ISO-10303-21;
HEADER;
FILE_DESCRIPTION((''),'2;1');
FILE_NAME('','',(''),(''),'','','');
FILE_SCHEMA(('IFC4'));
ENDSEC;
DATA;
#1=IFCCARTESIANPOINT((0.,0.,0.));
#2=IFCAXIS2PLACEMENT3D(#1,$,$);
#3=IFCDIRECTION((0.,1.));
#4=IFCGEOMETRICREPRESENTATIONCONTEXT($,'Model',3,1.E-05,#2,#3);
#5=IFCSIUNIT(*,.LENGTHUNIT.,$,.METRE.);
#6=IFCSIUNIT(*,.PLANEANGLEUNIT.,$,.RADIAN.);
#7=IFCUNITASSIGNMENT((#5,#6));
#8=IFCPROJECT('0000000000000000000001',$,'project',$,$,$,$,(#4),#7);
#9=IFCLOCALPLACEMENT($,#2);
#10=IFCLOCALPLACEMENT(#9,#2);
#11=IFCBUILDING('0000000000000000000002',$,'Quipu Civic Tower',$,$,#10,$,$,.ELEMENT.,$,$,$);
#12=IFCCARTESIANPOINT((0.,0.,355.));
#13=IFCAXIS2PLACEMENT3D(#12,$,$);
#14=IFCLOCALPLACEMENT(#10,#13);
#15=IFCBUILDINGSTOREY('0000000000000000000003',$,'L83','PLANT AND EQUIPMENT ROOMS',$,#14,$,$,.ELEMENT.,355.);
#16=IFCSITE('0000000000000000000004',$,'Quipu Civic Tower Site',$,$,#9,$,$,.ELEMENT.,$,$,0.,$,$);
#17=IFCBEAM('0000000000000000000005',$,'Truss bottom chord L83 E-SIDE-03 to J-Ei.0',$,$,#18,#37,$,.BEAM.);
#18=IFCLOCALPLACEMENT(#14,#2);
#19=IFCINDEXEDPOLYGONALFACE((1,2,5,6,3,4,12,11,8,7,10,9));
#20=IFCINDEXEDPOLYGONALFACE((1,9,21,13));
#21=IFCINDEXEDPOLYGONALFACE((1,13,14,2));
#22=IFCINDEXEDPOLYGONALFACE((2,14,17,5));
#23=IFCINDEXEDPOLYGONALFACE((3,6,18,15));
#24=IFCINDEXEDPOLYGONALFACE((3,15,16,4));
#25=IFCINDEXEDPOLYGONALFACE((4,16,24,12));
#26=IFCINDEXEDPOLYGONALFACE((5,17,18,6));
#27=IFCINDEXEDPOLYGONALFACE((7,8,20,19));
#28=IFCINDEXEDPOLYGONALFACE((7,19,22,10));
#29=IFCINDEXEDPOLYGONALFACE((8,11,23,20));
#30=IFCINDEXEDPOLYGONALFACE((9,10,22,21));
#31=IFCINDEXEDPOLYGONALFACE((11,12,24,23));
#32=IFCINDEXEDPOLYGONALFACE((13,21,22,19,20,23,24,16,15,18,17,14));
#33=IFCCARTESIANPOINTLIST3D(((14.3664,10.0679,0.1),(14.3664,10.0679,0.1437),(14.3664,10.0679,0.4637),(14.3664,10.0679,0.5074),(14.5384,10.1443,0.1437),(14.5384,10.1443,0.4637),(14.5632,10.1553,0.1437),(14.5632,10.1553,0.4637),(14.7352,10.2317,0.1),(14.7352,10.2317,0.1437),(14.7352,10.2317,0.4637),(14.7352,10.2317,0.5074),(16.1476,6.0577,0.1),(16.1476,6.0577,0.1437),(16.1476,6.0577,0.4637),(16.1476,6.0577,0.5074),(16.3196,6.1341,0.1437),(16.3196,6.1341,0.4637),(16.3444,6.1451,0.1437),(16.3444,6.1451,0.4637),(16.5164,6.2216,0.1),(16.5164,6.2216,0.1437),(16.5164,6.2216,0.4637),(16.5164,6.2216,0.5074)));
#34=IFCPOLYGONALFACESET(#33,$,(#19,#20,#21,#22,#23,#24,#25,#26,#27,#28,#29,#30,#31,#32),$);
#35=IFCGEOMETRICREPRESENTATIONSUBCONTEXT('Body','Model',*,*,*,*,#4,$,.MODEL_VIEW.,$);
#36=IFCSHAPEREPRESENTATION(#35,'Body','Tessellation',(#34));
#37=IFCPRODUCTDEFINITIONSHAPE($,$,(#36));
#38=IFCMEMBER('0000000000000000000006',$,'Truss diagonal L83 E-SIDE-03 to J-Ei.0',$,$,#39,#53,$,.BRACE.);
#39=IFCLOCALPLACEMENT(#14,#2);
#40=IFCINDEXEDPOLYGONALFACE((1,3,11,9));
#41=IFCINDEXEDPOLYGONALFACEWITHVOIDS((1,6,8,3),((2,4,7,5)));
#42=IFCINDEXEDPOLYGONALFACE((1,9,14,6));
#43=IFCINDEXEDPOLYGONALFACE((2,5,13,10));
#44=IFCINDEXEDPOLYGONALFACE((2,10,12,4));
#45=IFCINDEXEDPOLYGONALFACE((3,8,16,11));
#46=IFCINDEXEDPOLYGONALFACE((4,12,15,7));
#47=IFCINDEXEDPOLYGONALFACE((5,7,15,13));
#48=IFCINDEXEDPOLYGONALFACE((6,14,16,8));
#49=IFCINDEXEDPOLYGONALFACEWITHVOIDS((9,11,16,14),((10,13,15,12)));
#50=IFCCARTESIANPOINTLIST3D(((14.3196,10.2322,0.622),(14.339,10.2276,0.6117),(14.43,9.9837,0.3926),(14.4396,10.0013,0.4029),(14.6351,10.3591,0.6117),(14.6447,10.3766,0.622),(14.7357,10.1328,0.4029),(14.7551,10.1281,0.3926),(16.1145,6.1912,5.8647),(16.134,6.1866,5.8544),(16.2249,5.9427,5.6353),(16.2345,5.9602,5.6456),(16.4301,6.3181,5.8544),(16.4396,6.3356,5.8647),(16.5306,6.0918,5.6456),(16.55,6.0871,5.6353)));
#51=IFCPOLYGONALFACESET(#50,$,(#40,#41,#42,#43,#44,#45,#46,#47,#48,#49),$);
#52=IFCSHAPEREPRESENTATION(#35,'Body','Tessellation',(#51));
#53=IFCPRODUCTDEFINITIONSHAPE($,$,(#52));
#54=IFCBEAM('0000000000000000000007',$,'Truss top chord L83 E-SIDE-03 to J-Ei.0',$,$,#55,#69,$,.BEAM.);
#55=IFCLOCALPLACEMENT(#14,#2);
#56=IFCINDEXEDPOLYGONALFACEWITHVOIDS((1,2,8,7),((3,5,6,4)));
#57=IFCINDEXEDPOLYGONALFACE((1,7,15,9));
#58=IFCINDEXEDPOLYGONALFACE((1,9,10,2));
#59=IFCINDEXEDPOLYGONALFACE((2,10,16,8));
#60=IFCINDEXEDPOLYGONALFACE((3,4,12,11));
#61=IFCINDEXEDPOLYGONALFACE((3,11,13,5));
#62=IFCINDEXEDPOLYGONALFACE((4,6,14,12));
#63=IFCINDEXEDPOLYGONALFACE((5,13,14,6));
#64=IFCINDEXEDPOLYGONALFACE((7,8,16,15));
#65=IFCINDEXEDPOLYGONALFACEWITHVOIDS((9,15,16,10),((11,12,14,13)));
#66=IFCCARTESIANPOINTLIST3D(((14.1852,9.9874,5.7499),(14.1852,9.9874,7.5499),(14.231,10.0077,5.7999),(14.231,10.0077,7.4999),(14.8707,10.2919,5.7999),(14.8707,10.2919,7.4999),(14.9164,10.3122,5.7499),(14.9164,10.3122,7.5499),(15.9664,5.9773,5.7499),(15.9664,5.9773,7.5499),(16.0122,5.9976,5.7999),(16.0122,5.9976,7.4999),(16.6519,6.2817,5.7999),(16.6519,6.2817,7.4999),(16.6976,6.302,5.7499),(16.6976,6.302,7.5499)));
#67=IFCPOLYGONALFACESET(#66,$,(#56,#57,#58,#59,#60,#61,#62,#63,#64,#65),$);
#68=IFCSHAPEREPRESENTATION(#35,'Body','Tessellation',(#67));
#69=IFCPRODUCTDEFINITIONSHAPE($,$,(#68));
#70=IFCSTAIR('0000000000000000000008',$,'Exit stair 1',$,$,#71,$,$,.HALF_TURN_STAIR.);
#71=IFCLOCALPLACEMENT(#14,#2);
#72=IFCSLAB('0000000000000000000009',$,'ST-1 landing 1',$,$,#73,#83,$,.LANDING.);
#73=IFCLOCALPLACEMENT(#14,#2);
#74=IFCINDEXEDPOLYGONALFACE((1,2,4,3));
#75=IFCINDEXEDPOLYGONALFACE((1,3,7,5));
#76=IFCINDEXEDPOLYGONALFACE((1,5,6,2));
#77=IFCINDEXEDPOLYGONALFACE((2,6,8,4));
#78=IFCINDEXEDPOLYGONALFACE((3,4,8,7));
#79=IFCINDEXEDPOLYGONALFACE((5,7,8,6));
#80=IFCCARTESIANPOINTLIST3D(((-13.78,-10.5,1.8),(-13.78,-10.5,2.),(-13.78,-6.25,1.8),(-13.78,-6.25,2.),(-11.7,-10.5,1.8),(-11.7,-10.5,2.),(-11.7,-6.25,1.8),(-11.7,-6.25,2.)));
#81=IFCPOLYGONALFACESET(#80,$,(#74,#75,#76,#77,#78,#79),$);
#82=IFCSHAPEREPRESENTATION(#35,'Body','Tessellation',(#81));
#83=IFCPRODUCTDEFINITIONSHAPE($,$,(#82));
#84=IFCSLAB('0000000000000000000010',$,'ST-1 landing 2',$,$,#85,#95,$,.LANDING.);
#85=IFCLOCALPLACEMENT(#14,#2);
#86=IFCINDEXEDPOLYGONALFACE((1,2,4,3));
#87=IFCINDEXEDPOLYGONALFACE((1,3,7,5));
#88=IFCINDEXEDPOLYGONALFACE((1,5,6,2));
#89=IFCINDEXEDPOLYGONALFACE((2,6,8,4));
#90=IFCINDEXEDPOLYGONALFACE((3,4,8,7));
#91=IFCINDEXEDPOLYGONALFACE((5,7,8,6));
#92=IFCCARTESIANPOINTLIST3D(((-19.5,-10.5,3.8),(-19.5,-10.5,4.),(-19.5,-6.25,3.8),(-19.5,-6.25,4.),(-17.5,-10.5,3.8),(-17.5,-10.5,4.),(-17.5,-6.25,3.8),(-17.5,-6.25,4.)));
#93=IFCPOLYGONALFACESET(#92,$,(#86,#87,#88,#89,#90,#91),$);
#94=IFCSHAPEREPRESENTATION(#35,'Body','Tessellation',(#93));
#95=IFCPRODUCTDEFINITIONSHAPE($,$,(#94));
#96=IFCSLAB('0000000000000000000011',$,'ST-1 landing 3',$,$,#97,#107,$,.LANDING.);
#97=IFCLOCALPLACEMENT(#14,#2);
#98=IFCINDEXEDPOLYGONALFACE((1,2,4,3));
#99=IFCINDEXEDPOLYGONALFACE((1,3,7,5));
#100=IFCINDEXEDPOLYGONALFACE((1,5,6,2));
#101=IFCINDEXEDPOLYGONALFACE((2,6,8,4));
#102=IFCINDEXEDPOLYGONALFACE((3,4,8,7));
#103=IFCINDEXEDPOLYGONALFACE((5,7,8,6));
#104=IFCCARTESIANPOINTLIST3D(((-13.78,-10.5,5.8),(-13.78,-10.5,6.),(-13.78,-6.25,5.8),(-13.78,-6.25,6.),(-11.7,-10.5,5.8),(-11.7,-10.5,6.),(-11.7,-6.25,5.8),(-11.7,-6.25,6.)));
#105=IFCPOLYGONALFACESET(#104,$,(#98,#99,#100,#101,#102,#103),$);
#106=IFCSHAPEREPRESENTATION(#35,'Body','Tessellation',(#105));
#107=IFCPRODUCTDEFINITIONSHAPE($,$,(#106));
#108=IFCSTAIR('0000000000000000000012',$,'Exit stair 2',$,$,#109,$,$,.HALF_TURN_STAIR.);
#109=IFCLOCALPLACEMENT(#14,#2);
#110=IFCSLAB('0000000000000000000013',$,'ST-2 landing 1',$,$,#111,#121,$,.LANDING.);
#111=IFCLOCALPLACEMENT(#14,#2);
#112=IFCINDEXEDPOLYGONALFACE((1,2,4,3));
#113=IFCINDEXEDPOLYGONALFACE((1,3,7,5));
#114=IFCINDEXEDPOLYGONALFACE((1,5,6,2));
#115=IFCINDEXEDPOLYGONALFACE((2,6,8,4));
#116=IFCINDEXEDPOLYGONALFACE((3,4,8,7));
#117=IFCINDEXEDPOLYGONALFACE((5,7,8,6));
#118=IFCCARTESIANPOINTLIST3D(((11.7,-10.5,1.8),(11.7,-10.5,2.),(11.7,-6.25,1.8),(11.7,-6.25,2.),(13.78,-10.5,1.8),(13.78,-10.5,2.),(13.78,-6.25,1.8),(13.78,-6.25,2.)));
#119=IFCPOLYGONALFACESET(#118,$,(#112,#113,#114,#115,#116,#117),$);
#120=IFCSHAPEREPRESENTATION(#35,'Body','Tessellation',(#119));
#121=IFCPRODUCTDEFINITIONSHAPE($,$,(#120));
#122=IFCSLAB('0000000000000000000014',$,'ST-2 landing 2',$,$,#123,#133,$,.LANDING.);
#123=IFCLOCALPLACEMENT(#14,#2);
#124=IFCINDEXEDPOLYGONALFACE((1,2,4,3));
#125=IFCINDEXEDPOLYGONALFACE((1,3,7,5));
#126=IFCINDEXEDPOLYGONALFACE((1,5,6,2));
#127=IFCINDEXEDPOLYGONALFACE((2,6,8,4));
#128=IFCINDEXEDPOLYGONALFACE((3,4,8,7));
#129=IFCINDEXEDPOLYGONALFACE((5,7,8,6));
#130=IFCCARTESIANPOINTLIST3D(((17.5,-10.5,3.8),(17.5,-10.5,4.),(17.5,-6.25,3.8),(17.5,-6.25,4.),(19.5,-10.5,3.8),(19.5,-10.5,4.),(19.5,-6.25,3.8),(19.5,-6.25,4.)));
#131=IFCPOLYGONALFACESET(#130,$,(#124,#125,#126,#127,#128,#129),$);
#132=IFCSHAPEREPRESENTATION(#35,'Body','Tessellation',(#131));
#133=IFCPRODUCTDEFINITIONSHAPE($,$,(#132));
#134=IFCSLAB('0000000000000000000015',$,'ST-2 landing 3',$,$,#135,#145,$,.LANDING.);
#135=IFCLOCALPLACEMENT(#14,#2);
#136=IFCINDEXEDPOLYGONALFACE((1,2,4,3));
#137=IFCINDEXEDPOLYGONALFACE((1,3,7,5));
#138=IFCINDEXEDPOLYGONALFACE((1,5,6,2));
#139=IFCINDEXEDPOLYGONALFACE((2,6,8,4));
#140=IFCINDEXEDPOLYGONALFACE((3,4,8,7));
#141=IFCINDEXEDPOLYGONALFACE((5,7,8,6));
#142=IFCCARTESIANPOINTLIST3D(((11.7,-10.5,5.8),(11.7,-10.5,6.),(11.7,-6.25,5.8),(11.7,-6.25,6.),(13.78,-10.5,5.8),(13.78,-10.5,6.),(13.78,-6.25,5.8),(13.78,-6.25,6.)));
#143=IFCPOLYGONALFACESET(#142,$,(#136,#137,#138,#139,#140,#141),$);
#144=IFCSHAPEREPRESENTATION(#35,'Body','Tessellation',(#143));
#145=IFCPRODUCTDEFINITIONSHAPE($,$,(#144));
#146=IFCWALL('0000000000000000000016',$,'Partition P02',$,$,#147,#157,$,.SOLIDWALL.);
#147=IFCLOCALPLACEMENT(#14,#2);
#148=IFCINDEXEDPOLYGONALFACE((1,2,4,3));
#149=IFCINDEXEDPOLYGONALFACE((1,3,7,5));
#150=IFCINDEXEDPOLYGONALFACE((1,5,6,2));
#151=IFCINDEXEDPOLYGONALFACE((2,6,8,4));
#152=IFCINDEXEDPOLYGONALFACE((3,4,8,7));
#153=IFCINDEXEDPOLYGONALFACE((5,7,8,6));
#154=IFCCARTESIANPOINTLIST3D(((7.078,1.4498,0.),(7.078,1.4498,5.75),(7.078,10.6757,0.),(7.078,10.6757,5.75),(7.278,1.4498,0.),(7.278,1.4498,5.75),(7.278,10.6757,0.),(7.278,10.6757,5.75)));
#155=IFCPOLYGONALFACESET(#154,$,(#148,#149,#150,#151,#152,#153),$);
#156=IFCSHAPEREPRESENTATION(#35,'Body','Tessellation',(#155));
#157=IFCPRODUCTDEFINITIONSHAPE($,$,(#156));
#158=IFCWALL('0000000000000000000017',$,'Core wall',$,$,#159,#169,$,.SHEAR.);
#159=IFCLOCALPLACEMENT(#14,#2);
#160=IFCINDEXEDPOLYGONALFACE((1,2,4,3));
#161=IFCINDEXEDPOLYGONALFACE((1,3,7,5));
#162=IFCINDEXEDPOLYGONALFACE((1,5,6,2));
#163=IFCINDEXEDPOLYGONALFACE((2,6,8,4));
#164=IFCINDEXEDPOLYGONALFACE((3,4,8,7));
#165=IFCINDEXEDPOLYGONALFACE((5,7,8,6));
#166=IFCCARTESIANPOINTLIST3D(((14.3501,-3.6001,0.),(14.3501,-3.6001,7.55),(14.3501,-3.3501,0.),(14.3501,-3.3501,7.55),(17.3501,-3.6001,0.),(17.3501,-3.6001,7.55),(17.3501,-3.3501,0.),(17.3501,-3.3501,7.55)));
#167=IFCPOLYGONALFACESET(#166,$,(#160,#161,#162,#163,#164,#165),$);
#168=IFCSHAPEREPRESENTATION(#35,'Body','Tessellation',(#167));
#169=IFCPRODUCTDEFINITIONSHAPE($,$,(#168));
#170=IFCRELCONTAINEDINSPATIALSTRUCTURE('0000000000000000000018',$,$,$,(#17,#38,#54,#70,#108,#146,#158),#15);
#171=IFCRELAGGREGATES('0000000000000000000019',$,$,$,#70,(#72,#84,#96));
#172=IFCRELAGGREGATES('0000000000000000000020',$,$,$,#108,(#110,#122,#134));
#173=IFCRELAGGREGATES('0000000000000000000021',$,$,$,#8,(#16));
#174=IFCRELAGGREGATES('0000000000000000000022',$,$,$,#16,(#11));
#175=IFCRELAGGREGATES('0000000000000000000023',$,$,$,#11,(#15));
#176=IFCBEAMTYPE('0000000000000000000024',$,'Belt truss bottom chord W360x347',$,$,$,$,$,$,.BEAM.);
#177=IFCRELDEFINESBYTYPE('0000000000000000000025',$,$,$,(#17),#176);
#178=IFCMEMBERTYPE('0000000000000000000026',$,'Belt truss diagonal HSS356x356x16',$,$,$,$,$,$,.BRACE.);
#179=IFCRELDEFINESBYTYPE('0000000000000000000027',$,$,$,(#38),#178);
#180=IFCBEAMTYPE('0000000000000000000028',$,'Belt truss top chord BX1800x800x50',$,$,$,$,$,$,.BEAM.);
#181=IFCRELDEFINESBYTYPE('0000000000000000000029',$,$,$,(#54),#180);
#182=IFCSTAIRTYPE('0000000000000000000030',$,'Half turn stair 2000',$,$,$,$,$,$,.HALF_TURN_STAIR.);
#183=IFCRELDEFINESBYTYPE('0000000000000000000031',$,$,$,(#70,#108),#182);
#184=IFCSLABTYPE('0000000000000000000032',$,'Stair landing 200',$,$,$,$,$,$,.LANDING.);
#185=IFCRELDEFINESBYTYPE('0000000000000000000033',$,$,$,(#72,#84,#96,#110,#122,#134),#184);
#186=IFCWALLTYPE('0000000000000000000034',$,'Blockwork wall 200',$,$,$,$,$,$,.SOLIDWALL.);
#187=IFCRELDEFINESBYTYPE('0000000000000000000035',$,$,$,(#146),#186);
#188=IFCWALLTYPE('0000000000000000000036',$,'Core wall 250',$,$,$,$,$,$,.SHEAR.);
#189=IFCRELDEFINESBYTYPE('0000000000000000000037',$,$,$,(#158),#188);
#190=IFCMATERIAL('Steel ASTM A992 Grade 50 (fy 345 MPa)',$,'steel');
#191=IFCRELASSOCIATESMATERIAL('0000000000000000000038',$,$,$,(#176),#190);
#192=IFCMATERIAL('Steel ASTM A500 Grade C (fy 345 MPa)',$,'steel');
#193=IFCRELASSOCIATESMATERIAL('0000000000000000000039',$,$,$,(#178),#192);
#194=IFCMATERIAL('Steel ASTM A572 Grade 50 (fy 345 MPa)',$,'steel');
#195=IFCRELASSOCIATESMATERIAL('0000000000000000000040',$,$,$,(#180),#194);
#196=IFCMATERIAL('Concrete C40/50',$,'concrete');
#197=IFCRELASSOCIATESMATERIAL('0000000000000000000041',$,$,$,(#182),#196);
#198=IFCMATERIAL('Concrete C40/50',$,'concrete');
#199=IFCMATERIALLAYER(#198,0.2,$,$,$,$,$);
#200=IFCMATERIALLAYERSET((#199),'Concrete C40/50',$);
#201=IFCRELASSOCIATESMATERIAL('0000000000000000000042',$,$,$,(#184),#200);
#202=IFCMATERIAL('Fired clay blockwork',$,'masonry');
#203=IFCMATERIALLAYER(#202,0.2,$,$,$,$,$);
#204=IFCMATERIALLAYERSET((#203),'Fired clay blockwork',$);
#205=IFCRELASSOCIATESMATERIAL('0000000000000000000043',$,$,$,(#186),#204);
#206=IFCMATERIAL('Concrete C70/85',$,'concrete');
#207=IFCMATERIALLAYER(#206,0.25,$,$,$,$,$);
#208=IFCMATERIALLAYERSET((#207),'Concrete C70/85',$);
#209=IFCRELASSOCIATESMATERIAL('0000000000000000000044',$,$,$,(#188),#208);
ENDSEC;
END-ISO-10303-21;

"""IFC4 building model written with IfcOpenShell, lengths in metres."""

from ifc_helpers import new_model, si_unit, direction, frame, frame_2d, origin, origin_2d, place, context, subcontext, project, spatial, polyline, rectangle, hollow_rectangle, i_section, outline, extrude, material, layer, layer_set, material_profile, profile_set, type_object, element, aggregate, save


model = new_model("IFC4")

# Units and contexts
model_context = context("Model", 3, precision=1e-05, world=origin(), true_north=direction((0.0, 1.0)))
body_context = subcontext(model_context, "Body", "Model", "MODEL_VIEW")
ifc_project = project(units=[si_unit("LENGTHUNIT", "METRE"), si_unit("PLANEANGLEUNIT", "RADIAN")], contexts=[model_context])

# Site, building, storey
site_placement = place(None, origin())
site = spatial("IfcSite", under=ifc_project, at=site_placement, Name="Quipu Civic Tower Site", CompositionType="ELEMENT", RefElevation=0.0)
building_placement = place(site_placement, origin())
building = spatial("IfcBuilding", under=site, at=building_placement, Name="Quipu Civic Tower", CompositionType="ELEMENT")
storey_placement = place(building_placement, frame((0.0, 0.0, 355.0)))
storey = spatial("IfcBuildingStorey", under=building, at=storey_placement, Name="L83", Description="PLANT AND EQUIPMENT ROOMS", CompositionType="ELEMENT", Elevation=355.0)

# Beam
ifc_material_1 = material(Name="Steel ASTM A992 Grade 50 (fy 345 MPa)", Category="steel")
ifc_material_profile_1 = material_profile(ifc_material_1, i_section(OverallWidth=0.4036, OverallDepth=0.4075, WebThickness=0.0271, FlangeThickness=0.0437, at=origin_2d()), Name="W360x347")
ifc_profile_set_1 = profile_set([ifc_material_profile_1], Name="Steel ASTM A992 Grade 50 (fy 345 MPa)")
beam_type_1 = type_object("IfcBeamType", Name="Belt truss bottom chord W360x347", PredefinedType="BEAM", material=ifc_profile_set_1)
beam_1_placement = place(storey_placement, frame((16.332, 6.1396, 0.3037), z_axis=(-0.405932, 0.913903, 0.0), x_axis=(-0.913903, -0.405932, 0.0)))
element("IfcBeam", 1, at=beam_1_placement, inside=storey, type_object=beam_type_1, Name="Truss bottom chord L83 E-SIDE-03 to J-Ei.0", PredefinedType="BEAM", context=body_context, shape_type="SweptSolid", body=[
    extrude(i_section(OverallWidth=0.4036, OverallDepth=0.4075, WebThickness=0.0271, FlangeThickness=0.0437, at=origin_2d()), origin(), (0.0, 0.0, 1.0), 4.3879),
])

# Member
ifc_material_2 = material(Name="Steel ASTM A500 Grade C (fy 345 MPa)", Category="steel")
ifc_material_profile_2 = material_profile(ifc_material_2, hollow_rectangle(XDim=0.3557, YDim=0.3557, WallThickness=0.0159, at=origin_2d()), Name="HSS356x356x16")
ifc_profile_set_2 = profile_set([ifc_material_profile_2], Name="Steel ASTM A500 Grade C (fy 345 MPa)")
member_type = type_object("IfcMemberType", Name="Belt truss diagonal HSS356x356x16", PredefinedType="BRACE", material=ifc_profile_set_2)
member_placement = place(storey_placement, frame((16.3323, 6.1392, 5.75), z_axis=(-0.261713, 0.58921, -0.76442), x_axis=(-0.913903, -0.405934, 0.0)))
element("IfcMember", 2, at=member_placement, inside=storey, type_object=member_type, Name="Truss diagonal L83 E-SIDE-03 to J-Ei.0", PredefinedType="BRACE", context=body_context, shape_type="SweptSolid", body=[
    extrude(hollow_rectangle(XDim=0.3557, YDim=0.3557, WallThickness=0.0159, at=origin_2d()), origin(), (0.0, 0.0, 1.0), 6.8584),
])

# Beam
ifc_material_3 = material(Name="Steel ASTM A572 Grade 50 (fy 345 MPa)", Category="steel")
ifc_material_profile_3 = material_profile(ifc_material_3, hollow_rectangle(XDim=0.8, YDim=1.8, WallThickness=0.05, at=origin_2d()), Name="BX1800x800x50")
ifc_profile_set_3 = profile_set([ifc_material_profile_3], Name="Steel ASTM A572 Grade 50 (fy 345 MPa)")
beam_type_2 = type_object("IfcBeamType", Name="Belt truss top chord BX1800x800x50", PredefinedType="BEAM", material=ifc_profile_set_3)
beam_2_placement = place(storey_placement, frame((16.332, 6.1396, 6.6499), z_axis=(-0.405932, 0.913903, 0.0), x_axis=(-0.913903, -0.405932, 0.0)))
element("IfcBeam", 3, at=beam_2_placement, inside=storey, type_object=beam_type_2, Name="Truss top chord L83 E-SIDE-03 to J-Ei.0", PredefinedType="BEAM", context=body_context, shape_type="SweptSolid", body=[
    extrude(hollow_rectangle(XDim=0.8, YDim=1.8, WallThickness=0.05, at=origin_2d()), origin(), (0.0, 0.0, 1.0), 4.3879),
])

# Stairs, slabs
ifc_material_4 = material(Name="Concrete C40/50", Category="concrete")
stair_type = type_object("IfcStairType", Name="Half turn stair 2000", PredefinedType="HALF_TURN_STAIR", material=ifc_material_4)
stair_1_placement = place(storey_placement, origin())
stair_1 = element("IfcStair", 4, at=stair_1_placement, inside=storey, type_object=stair_type, Name="Exit stair 1", PredefinedType="HALF_TURN_STAIR")
ifc_material_5 = material(Name="Concrete C40/50", Category="concrete")
ifc_layer_1 = layer(ifc_material_5, 0.2)
ifc_layer_set_1 = layer_set([ifc_layer_1], Name="Concrete C40/50")
slab_type = type_object("IfcSlabType", Name="Stair landing 200", PredefinedType="LANDING", material=ifc_layer_set_1)
slab_1_placement = place(storey_placement, frame((0.0, 0.0, 1.8)))
slab_1 = element("IfcSlab", 5, at=slab_1_placement, type_object=slab_type, Name="ST-1 landing 1", PredefinedType="LANDING", context=body_context, shape_type="SweptSolid", body=[
    extrude(outline(polyline([(-13.78, -10.5), (-11.7, -10.5), (-11.7, -6.25), (-13.78, -6.25), (-13.78, -10.5)])), origin(), (0.0, 0.0, 1.0), 0.2),
])
slab_2_placement = place(storey_placement, frame((0.0, 0.0, 3.8)))
slab_2 = element("IfcSlab", 6, at=slab_2_placement, type_object=slab_type, Name="ST-1 landing 2", PredefinedType="LANDING", context=body_context, shape_type="SweptSolid", body=[
    extrude(outline(polyline([(-19.5, -10.5), (-17.5, -10.5), (-17.5, -6.25), (-19.5, -6.25), (-19.5, -10.5)])), origin(), (0.0, 0.0, 1.0), 0.2),
])
slab_3_placement = place(storey_placement, frame((0.0, 0.0, 5.8)))
slab_3 = element("IfcSlab", 7, at=slab_3_placement, type_object=slab_type, Name="ST-1 landing 3", PredefinedType="LANDING", context=body_context, shape_type="SweptSolid", body=[
    extrude(outline(polyline([(-13.78, -10.5), (-11.7, -10.5), (-11.7, -6.25), (-13.78, -6.25), (-13.78, -10.5)])), origin(), (0.0, 0.0, 1.0), 0.2),
])
aggregate(stair_1, [slab_1, slab_2, slab_3])
stair_2_placement = place(storey_placement, origin())
stair_2 = element("IfcStair", 8, at=stair_2_placement, inside=storey, type_object=stair_type, Name="Exit stair 2", PredefinedType="HALF_TURN_STAIR")
slab_4_placement = place(storey_placement, frame((0.0, 0.0, 1.8)))
slab_4 = element("IfcSlab", 9, at=slab_4_placement, type_object=slab_type, Name="ST-2 landing 1", PredefinedType="LANDING", context=body_context, shape_type="SweptSolid", body=[
    extrude(outline(polyline([(13.78, -6.25), (11.7, -6.25), (11.7, -10.5), (13.78, -10.5), (13.78, -6.25)])), origin(), (0.0, 0.0, 1.0), 0.2),
])
slab_5_placement = place(storey_placement, frame((0.0, 0.0, 3.8)))
slab_5 = element("IfcSlab", 10, at=slab_5_placement, type_object=slab_type, Name="ST-2 landing 2", PredefinedType="LANDING", context=body_context, shape_type="SweptSolid", body=[
    extrude(outline(polyline([(19.5, -6.25), (17.5, -6.25), (17.5, -10.5), (19.5, -10.5), (19.5, -6.25)])), origin(), (0.0, 0.0, 1.0), 0.2),
])
slab_6_placement = place(storey_placement, frame((0.0, 0.0, 5.8)))
slab_6 = element("IfcSlab", 11, at=slab_6_placement, type_object=slab_type, Name="ST-2 landing 3", PredefinedType="LANDING", context=body_context, shape_type="SweptSolid", body=[
    extrude(outline(polyline([(13.78, -6.25), (11.7, -6.25), (11.7, -10.5), (13.78, -10.5), (13.78, -6.25)])), origin(), (0.0, 0.0, 1.0), 0.2),
])
aggregate(stair_2, [slab_4, slab_5, slab_6])

# Walls
ifc_material_6 = material(Name="Fired clay blockwork", Category="masonry")
ifc_layer_2 = layer(ifc_material_6, 0.2)
ifc_layer_set_2 = layer_set([ifc_layer_2], Name="Fired clay blockwork")
wall_type_1 = type_object("IfcWallType", Name="Blockwork wall 200", PredefinedType="SOLIDWALL", material=ifc_layer_set_2)
wall_1_placement = place(storey_placement, frame((7.178, 1.45, 0.0), z_axis=(0.0, 0.0, 1.0), x_axis=(0.0, 1.0, 0.0)))
element("IfcWall", 12, at=wall_1_placement, inside=storey, type_object=wall_type_1, Name="Partition P02", PredefinedType="SOLIDWALL", context=body_context, shape_type="SweptSolid", body=[
    extrude(rectangle(XDim=9.2258, YDim=0.2, at=frame_2d((4.6128, 0.0))), origin(), (0.0, 0.0, 1.0), 5.75),
])
ifc_material_7 = material(Name="Concrete C70/85", Category="concrete")
ifc_layer_3 = layer(ifc_material_7, 0.25)
ifc_layer_set_3 = layer_set([ifc_layer_3], Name="Concrete C70/85")
wall_type_2 = type_object("IfcWallType", Name="Core wall 250", PredefinedType="SHEAR", material=ifc_layer_set_3)
wall_2_placement = place(storey_placement, frame((14.3501, -3.4751, 0.0), z_axis=(0.0, 0.0, 1.0), x_axis=(1.0, 0.0, 0.0)))
element("IfcWall", 13, at=wall_2_placement, inside=storey, type_object=wall_type_2, Name="Core wall", PredefinedType="SHEAR", context=body_context, shape_type="SweptSolid", body=[
    extrude(rectangle(XDim=3.0, YDim=0.25, at=frame_2d((1.5, 0.0))), origin(), (0.0, 0.0, 1.0), 7.55),
])

save(model, "model.ifc")
